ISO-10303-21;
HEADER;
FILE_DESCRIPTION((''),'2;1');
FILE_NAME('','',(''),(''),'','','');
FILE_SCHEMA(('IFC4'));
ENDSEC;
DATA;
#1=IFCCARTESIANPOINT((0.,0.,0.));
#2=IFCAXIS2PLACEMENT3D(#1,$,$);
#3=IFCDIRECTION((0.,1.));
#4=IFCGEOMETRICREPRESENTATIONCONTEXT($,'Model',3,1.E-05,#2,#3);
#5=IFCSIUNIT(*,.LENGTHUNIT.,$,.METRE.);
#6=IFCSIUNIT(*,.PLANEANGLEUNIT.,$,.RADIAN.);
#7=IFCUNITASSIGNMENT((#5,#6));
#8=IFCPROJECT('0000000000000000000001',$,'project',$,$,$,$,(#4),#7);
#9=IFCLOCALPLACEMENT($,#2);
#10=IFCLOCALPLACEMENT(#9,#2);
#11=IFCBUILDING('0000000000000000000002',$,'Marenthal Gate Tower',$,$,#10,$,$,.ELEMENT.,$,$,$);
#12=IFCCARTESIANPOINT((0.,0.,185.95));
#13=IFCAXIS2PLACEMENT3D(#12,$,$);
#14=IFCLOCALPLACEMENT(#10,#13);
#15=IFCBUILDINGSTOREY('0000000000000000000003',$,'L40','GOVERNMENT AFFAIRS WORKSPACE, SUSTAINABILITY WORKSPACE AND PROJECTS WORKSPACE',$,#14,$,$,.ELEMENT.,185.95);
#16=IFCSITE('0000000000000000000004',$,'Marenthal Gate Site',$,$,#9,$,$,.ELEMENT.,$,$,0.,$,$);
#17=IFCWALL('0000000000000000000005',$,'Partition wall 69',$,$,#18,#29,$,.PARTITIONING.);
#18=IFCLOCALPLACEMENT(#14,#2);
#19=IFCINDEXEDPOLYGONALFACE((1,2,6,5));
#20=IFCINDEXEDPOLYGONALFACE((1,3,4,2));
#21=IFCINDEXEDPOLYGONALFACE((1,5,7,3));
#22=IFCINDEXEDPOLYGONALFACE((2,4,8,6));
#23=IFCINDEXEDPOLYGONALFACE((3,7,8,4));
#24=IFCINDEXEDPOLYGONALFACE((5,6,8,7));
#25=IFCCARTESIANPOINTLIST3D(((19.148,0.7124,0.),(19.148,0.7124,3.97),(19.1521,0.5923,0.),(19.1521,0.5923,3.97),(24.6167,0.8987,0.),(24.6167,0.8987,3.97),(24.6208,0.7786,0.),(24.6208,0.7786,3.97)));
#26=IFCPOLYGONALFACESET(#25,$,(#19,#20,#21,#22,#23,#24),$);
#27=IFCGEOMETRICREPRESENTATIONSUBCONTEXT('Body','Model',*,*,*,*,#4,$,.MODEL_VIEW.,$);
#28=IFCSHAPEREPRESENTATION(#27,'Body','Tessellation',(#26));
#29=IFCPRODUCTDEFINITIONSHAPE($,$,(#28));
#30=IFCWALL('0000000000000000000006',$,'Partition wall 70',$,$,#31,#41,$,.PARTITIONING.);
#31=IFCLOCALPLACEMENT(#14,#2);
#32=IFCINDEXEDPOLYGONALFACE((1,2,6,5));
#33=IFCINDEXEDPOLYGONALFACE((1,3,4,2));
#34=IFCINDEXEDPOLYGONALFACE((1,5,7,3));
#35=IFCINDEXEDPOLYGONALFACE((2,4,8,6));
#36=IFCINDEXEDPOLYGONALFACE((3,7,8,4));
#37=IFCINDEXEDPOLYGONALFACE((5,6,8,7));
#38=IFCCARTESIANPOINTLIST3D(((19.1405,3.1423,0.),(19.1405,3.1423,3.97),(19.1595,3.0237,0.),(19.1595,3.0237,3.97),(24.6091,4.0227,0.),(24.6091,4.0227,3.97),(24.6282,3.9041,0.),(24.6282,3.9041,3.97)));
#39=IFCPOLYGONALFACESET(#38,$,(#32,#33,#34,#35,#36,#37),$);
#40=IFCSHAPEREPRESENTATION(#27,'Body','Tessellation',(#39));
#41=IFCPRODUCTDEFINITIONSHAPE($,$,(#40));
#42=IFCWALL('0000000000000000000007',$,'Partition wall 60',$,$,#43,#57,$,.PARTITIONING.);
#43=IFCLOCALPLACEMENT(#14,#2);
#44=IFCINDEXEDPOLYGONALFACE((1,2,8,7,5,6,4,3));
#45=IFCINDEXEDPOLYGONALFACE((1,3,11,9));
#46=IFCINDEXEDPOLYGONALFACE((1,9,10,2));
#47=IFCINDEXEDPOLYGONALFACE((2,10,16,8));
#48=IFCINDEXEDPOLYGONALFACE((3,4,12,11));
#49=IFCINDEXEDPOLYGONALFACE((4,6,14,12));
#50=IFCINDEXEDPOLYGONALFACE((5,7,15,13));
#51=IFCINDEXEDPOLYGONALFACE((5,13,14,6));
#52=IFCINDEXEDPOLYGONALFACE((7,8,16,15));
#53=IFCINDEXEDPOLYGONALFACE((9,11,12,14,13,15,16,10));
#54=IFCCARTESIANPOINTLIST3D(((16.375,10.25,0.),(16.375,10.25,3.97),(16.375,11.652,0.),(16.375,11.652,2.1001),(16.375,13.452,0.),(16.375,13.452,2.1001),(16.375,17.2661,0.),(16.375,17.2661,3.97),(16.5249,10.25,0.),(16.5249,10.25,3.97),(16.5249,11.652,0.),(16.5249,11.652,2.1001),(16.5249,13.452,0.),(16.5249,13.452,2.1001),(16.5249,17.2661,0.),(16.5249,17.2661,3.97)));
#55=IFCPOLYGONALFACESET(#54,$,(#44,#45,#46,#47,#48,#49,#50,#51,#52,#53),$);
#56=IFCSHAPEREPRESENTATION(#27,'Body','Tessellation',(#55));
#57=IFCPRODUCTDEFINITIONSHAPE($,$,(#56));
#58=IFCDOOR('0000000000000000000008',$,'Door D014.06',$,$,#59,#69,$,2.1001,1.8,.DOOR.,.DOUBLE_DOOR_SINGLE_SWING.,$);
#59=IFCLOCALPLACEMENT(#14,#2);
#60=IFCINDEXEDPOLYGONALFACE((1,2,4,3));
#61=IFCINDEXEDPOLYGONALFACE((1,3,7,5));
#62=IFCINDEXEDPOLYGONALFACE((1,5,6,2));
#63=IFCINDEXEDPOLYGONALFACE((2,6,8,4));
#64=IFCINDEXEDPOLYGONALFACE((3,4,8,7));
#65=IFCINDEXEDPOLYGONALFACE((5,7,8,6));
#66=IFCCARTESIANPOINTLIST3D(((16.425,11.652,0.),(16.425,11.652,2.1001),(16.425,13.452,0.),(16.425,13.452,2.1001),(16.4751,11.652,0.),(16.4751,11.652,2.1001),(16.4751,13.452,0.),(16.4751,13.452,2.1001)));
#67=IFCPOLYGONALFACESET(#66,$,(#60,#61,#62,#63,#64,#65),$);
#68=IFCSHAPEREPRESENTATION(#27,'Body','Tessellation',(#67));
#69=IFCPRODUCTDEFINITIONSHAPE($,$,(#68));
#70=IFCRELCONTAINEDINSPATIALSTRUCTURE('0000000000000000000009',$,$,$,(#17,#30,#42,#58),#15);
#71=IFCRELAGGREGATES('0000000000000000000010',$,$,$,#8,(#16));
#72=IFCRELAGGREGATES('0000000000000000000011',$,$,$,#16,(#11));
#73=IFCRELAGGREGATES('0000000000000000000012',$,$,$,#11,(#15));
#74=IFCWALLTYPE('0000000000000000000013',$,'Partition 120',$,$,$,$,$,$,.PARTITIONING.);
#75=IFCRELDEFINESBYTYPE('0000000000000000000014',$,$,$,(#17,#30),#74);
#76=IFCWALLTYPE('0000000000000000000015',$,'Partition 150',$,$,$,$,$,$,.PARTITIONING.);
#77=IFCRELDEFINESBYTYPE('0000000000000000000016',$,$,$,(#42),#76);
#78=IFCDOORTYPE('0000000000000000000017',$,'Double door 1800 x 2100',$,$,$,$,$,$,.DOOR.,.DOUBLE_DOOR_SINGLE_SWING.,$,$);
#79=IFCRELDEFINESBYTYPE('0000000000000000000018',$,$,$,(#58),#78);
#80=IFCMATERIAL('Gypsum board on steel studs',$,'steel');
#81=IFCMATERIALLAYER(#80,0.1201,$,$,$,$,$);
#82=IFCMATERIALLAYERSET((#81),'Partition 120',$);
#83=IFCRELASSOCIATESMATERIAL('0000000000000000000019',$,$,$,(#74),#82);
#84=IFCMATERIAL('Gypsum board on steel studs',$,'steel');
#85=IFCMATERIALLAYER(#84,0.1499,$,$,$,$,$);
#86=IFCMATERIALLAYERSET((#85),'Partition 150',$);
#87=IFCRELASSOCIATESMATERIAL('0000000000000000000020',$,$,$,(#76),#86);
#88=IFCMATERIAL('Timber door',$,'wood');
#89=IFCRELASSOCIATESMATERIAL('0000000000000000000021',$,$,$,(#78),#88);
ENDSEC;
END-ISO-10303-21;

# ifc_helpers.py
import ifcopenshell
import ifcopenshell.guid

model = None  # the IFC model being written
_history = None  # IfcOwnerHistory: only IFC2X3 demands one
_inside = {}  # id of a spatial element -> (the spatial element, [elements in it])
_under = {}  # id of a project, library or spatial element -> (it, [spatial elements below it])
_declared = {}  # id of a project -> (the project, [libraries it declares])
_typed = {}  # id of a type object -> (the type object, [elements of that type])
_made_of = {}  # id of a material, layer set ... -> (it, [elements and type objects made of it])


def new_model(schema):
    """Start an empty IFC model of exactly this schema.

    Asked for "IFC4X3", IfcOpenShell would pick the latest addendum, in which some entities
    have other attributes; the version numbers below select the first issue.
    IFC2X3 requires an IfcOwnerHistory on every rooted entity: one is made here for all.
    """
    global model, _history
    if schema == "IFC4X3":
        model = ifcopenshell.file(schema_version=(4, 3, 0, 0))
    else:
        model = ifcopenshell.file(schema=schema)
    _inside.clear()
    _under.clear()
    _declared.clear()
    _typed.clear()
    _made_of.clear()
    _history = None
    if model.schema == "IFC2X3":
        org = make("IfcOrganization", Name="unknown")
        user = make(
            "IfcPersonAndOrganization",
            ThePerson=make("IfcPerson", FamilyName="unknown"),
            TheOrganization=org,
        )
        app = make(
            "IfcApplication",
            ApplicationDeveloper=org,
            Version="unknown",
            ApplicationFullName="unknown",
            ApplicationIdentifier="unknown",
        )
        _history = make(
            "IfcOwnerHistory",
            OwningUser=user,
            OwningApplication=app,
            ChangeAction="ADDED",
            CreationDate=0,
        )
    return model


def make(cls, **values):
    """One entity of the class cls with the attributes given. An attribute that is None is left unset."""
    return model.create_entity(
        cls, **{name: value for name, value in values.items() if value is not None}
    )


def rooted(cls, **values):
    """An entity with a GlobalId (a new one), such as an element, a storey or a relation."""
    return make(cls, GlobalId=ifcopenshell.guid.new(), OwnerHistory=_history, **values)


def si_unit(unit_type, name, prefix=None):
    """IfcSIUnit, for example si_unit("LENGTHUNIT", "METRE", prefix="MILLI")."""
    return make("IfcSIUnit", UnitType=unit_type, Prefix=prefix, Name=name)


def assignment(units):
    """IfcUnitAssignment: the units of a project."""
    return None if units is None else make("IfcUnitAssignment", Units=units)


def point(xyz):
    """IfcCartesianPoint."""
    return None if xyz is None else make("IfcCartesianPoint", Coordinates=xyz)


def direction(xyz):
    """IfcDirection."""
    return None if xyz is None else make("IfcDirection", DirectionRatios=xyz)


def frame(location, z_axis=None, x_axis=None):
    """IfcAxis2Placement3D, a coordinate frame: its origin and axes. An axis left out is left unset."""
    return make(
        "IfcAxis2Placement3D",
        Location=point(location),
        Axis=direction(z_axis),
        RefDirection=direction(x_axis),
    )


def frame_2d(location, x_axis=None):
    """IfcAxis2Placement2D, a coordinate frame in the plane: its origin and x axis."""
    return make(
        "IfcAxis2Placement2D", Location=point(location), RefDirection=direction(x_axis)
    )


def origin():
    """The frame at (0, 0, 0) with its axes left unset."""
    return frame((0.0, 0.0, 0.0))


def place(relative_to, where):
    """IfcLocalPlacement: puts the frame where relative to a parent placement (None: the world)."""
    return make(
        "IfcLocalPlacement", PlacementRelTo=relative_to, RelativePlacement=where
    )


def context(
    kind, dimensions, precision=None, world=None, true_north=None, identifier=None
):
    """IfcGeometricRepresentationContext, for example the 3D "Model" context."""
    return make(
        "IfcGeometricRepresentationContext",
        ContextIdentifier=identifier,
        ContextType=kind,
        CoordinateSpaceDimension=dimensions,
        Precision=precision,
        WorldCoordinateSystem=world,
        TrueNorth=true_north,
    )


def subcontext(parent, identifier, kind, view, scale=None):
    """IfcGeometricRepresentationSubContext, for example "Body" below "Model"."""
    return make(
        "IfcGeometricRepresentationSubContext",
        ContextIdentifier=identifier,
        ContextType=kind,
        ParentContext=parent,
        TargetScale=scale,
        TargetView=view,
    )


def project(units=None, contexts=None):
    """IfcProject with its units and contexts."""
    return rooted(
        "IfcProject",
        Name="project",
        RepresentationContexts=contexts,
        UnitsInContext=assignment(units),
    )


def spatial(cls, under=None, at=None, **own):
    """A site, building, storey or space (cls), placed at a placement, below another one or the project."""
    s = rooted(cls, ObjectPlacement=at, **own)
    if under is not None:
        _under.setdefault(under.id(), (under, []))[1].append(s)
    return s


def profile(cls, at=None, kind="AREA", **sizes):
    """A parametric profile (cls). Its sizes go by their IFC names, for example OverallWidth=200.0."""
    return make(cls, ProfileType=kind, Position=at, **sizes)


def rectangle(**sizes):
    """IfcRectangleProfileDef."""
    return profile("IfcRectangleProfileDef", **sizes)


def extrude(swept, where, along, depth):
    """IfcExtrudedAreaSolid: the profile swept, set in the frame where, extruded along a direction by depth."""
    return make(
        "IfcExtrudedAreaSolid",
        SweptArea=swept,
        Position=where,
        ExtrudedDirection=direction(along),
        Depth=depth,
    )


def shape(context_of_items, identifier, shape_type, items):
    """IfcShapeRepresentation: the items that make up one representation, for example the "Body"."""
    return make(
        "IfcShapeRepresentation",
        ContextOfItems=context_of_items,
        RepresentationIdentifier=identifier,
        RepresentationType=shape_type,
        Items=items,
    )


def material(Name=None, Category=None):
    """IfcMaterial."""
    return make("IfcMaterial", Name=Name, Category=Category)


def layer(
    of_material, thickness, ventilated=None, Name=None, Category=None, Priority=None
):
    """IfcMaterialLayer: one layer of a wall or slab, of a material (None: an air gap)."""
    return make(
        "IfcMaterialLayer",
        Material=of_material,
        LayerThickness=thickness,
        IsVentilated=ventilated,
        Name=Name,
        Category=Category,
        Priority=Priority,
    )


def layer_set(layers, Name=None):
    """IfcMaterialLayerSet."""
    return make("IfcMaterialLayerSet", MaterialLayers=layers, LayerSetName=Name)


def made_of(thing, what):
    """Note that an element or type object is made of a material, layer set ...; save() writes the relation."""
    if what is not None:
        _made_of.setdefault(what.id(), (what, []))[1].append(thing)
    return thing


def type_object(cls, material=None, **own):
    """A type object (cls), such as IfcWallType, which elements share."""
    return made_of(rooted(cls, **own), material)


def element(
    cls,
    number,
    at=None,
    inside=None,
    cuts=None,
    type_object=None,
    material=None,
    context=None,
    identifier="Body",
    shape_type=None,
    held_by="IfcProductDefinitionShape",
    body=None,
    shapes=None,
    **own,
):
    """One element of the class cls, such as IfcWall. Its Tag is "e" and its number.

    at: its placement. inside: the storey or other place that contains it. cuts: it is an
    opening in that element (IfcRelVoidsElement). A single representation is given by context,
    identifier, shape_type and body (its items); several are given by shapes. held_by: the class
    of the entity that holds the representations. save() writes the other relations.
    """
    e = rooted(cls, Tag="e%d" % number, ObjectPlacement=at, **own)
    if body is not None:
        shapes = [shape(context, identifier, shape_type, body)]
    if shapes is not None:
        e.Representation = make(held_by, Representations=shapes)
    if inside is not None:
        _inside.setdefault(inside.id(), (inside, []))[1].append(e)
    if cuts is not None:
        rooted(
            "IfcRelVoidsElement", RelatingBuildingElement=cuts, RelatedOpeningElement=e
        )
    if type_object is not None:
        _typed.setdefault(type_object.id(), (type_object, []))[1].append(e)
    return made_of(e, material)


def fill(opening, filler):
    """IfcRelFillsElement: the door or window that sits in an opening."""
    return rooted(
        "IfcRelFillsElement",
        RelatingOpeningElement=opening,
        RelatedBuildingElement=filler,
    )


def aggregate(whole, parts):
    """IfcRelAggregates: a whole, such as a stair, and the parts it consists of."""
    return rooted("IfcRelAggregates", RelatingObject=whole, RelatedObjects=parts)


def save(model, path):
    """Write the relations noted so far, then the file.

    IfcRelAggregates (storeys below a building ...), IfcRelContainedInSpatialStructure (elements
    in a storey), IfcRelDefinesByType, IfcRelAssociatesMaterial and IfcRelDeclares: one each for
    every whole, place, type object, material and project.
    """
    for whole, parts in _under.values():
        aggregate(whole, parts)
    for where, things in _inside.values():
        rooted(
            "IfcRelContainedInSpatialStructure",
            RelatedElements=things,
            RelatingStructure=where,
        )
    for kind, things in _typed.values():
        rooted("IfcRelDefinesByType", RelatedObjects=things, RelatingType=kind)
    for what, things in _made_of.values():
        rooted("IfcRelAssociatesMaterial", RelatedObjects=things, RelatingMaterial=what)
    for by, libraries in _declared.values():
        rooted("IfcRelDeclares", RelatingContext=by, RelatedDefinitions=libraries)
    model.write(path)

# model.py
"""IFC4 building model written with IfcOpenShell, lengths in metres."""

from ifc_helpers import new_model, si_unit, direction, frame, frame_2d, origin, place, context, subcontext, project, spatial, rectangle, extrude, material, layer, layer_set, type_object, element, fill, save


model = new_model("IFC4")

# Units and contexts
model_context = context("Model", 3, precision=1e-05, world=origin(), true_north=direction((0.0, 1.0)))
body_context = subcontext(model_context, "Body", "Model", "MODEL_VIEW")
ifc_project = project(units=[si_unit("LENGTHUNIT", "METRE"), si_unit("PLANEANGLEUNIT", "RADIAN")], contexts=[model_context])

# Site, building, storey
site_placement = place(None, origin())
site = spatial("IfcSite", under=ifc_project, at=site_placement, Name="Marenthal Gate Site", CompositionType="ELEMENT", RefElevation=0.0)
building_placement = place(site_placement, origin())
building = spatial("IfcBuilding", under=site, at=building_placement, Name="Marenthal Gate Tower", CompositionType="ELEMENT")
storey_placement = place(building_placement, frame((0.0, 0.0, 185.95)))
storey = spatial("IfcBuildingStorey", under=building, at=storey_placement, Name="L40", Description="GOVERNMENT AFFAIRS WORKSPACE, SUSTAINABILITY WORKSPACE AND PROJECTS WORKSPACE", CompositionType="ELEMENT", Elevation=185.95)

# Walls
ifc_material_1 = material(Name="Gypsum board on steel studs", Category="steel")
ifc_layer_1 = layer(ifc_material_1, 0.1201)
ifc_layer_set_1 = layer_set([ifc_layer_1], Name="Partition 120")
wall_type_1 = type_object("IfcWallType", Name="Partition 120", PredefinedType="PARTITIONING", material=ifc_layer_set_1)
wall_1_placement = place(storey_placement, frame((24.6187, 0.8386, 0.0), z_axis=(0.0, 0.0, 1.0), x_axis=(-0.99942, -0.034043, 0.0)))
element("IfcWall", 1, at=wall_1_placement, inside=storey, type_object=wall_type_1, Name="Partition wall 69", PredefinedType="PARTITIONING", context=body_context, shape_type="SweptSolid", body=[
    extrude(rectangle(XDim=5.4719, YDim=0.1201, at=frame_2d((2.7358, 0.0))), origin(), (0.0, 0.0, 1.0), 3.97),
])
wall_2_placement = place(storey_placement, frame((24.6187, 3.9634, 0.0), z_axis=(0.0, 0.0, 1.0), x_axis=(-0.987289, -0.158936, 0.0)))
element("IfcWall", 2, at=wall_2_placement, inside=storey, type_object=wall_type_1, Name="Partition wall 70", PredefinedType="PARTITIONING", context=body_context, shape_type="SweptSolid", body=[
    extrude(rectangle(XDim=5.5391, YDim=0.1201, at=frame_2d((2.7695, 0.0))), origin(), (0.0, 0.0, 1.0), 3.97),
])

# Wall, opening, door
ifc_material_2 = material(Name="Gypsum board on steel studs", Category="steel")
ifc_layer_2 = layer(ifc_material_2, 0.1499)
ifc_layer_set_2 = layer_set([ifc_layer_2], Name="Partition 150")
wall_type_2 = type_object("IfcWallType", Name="Partition 150", PredefinedType="PARTITIONING", material=ifc_layer_set_2)
wall_3_placement = place(storey_placement, frame((16.45, 10.25, 0.0), z_axis=(0.0, 0.0, 1.0), x_axis=(0.0, 1.0, 0.0)))
wall_3 = element("IfcWall", 3, at=wall_3_placement, inside=storey, type_object=wall_type_2, Name="Partition wall 60", PredefinedType="PARTITIONING", context=body_context, shape_type="SweptSolid", body=[
    extrude(rectangle(XDim=7.0161, YDim=0.1499, at=frame_2d((3.5081, 0.0))), origin(), (0.0, 0.0, 1.0), 3.97),
])
opening_placement = place(wall_3_placement, frame((1.4021, 0.0, 0.0)))
opening = element("IfcOpeningElement", 4, at=opening_placement, cuts=wall_3, PredefinedType="OPENING", context=body_context, shape_type="SweptSolid", body=[
    extrude(rectangle(XDim=1.8, YDim=2.1001, at=frame_2d((0.8999, 1.05))), frame((0.0, 0.085, 0.0), z_axis=(0.0, -1.0, 0.0), x_axis=(1.0, 0.0, 0.0)), (0.0, 0.0, 1.0), 0.1699),
])
ifc_material_3 = material(Name="Timber door", Category="wood")
door_type = type_object("IfcDoorType", Name="Double door 1800 x 2100", OperationType="DOUBLE_DOOR_SINGLE_SWING", PredefinedType="DOOR", material=ifc_material_3)
door_placement = place(opening_placement, origin())
door = element("IfcDoor", 5, at=door_placement, inside=storey, type_object=door_type, Name="Door D014.06", OperationType="DOUBLE_DOOR_SINGLE_SWING", OverallHeight=2.1001, OverallWidth=1.8, PredefinedType="DOOR", context=body_context, shape_type="SweptSolid", body=[
    extrude(rectangle(XDim=1.8, YDim=2.1001, at=frame_2d((0.8999, 1.05))), frame((0.0, 0.0249, 0.0), z_axis=(0.0, -1.0, 0.0), x_axis=(1.0, 0.0, 0.0)), (0.0, 0.0, 1.0), 0.05),
])
fill(opening, door)

save(model, "model.ifc")
